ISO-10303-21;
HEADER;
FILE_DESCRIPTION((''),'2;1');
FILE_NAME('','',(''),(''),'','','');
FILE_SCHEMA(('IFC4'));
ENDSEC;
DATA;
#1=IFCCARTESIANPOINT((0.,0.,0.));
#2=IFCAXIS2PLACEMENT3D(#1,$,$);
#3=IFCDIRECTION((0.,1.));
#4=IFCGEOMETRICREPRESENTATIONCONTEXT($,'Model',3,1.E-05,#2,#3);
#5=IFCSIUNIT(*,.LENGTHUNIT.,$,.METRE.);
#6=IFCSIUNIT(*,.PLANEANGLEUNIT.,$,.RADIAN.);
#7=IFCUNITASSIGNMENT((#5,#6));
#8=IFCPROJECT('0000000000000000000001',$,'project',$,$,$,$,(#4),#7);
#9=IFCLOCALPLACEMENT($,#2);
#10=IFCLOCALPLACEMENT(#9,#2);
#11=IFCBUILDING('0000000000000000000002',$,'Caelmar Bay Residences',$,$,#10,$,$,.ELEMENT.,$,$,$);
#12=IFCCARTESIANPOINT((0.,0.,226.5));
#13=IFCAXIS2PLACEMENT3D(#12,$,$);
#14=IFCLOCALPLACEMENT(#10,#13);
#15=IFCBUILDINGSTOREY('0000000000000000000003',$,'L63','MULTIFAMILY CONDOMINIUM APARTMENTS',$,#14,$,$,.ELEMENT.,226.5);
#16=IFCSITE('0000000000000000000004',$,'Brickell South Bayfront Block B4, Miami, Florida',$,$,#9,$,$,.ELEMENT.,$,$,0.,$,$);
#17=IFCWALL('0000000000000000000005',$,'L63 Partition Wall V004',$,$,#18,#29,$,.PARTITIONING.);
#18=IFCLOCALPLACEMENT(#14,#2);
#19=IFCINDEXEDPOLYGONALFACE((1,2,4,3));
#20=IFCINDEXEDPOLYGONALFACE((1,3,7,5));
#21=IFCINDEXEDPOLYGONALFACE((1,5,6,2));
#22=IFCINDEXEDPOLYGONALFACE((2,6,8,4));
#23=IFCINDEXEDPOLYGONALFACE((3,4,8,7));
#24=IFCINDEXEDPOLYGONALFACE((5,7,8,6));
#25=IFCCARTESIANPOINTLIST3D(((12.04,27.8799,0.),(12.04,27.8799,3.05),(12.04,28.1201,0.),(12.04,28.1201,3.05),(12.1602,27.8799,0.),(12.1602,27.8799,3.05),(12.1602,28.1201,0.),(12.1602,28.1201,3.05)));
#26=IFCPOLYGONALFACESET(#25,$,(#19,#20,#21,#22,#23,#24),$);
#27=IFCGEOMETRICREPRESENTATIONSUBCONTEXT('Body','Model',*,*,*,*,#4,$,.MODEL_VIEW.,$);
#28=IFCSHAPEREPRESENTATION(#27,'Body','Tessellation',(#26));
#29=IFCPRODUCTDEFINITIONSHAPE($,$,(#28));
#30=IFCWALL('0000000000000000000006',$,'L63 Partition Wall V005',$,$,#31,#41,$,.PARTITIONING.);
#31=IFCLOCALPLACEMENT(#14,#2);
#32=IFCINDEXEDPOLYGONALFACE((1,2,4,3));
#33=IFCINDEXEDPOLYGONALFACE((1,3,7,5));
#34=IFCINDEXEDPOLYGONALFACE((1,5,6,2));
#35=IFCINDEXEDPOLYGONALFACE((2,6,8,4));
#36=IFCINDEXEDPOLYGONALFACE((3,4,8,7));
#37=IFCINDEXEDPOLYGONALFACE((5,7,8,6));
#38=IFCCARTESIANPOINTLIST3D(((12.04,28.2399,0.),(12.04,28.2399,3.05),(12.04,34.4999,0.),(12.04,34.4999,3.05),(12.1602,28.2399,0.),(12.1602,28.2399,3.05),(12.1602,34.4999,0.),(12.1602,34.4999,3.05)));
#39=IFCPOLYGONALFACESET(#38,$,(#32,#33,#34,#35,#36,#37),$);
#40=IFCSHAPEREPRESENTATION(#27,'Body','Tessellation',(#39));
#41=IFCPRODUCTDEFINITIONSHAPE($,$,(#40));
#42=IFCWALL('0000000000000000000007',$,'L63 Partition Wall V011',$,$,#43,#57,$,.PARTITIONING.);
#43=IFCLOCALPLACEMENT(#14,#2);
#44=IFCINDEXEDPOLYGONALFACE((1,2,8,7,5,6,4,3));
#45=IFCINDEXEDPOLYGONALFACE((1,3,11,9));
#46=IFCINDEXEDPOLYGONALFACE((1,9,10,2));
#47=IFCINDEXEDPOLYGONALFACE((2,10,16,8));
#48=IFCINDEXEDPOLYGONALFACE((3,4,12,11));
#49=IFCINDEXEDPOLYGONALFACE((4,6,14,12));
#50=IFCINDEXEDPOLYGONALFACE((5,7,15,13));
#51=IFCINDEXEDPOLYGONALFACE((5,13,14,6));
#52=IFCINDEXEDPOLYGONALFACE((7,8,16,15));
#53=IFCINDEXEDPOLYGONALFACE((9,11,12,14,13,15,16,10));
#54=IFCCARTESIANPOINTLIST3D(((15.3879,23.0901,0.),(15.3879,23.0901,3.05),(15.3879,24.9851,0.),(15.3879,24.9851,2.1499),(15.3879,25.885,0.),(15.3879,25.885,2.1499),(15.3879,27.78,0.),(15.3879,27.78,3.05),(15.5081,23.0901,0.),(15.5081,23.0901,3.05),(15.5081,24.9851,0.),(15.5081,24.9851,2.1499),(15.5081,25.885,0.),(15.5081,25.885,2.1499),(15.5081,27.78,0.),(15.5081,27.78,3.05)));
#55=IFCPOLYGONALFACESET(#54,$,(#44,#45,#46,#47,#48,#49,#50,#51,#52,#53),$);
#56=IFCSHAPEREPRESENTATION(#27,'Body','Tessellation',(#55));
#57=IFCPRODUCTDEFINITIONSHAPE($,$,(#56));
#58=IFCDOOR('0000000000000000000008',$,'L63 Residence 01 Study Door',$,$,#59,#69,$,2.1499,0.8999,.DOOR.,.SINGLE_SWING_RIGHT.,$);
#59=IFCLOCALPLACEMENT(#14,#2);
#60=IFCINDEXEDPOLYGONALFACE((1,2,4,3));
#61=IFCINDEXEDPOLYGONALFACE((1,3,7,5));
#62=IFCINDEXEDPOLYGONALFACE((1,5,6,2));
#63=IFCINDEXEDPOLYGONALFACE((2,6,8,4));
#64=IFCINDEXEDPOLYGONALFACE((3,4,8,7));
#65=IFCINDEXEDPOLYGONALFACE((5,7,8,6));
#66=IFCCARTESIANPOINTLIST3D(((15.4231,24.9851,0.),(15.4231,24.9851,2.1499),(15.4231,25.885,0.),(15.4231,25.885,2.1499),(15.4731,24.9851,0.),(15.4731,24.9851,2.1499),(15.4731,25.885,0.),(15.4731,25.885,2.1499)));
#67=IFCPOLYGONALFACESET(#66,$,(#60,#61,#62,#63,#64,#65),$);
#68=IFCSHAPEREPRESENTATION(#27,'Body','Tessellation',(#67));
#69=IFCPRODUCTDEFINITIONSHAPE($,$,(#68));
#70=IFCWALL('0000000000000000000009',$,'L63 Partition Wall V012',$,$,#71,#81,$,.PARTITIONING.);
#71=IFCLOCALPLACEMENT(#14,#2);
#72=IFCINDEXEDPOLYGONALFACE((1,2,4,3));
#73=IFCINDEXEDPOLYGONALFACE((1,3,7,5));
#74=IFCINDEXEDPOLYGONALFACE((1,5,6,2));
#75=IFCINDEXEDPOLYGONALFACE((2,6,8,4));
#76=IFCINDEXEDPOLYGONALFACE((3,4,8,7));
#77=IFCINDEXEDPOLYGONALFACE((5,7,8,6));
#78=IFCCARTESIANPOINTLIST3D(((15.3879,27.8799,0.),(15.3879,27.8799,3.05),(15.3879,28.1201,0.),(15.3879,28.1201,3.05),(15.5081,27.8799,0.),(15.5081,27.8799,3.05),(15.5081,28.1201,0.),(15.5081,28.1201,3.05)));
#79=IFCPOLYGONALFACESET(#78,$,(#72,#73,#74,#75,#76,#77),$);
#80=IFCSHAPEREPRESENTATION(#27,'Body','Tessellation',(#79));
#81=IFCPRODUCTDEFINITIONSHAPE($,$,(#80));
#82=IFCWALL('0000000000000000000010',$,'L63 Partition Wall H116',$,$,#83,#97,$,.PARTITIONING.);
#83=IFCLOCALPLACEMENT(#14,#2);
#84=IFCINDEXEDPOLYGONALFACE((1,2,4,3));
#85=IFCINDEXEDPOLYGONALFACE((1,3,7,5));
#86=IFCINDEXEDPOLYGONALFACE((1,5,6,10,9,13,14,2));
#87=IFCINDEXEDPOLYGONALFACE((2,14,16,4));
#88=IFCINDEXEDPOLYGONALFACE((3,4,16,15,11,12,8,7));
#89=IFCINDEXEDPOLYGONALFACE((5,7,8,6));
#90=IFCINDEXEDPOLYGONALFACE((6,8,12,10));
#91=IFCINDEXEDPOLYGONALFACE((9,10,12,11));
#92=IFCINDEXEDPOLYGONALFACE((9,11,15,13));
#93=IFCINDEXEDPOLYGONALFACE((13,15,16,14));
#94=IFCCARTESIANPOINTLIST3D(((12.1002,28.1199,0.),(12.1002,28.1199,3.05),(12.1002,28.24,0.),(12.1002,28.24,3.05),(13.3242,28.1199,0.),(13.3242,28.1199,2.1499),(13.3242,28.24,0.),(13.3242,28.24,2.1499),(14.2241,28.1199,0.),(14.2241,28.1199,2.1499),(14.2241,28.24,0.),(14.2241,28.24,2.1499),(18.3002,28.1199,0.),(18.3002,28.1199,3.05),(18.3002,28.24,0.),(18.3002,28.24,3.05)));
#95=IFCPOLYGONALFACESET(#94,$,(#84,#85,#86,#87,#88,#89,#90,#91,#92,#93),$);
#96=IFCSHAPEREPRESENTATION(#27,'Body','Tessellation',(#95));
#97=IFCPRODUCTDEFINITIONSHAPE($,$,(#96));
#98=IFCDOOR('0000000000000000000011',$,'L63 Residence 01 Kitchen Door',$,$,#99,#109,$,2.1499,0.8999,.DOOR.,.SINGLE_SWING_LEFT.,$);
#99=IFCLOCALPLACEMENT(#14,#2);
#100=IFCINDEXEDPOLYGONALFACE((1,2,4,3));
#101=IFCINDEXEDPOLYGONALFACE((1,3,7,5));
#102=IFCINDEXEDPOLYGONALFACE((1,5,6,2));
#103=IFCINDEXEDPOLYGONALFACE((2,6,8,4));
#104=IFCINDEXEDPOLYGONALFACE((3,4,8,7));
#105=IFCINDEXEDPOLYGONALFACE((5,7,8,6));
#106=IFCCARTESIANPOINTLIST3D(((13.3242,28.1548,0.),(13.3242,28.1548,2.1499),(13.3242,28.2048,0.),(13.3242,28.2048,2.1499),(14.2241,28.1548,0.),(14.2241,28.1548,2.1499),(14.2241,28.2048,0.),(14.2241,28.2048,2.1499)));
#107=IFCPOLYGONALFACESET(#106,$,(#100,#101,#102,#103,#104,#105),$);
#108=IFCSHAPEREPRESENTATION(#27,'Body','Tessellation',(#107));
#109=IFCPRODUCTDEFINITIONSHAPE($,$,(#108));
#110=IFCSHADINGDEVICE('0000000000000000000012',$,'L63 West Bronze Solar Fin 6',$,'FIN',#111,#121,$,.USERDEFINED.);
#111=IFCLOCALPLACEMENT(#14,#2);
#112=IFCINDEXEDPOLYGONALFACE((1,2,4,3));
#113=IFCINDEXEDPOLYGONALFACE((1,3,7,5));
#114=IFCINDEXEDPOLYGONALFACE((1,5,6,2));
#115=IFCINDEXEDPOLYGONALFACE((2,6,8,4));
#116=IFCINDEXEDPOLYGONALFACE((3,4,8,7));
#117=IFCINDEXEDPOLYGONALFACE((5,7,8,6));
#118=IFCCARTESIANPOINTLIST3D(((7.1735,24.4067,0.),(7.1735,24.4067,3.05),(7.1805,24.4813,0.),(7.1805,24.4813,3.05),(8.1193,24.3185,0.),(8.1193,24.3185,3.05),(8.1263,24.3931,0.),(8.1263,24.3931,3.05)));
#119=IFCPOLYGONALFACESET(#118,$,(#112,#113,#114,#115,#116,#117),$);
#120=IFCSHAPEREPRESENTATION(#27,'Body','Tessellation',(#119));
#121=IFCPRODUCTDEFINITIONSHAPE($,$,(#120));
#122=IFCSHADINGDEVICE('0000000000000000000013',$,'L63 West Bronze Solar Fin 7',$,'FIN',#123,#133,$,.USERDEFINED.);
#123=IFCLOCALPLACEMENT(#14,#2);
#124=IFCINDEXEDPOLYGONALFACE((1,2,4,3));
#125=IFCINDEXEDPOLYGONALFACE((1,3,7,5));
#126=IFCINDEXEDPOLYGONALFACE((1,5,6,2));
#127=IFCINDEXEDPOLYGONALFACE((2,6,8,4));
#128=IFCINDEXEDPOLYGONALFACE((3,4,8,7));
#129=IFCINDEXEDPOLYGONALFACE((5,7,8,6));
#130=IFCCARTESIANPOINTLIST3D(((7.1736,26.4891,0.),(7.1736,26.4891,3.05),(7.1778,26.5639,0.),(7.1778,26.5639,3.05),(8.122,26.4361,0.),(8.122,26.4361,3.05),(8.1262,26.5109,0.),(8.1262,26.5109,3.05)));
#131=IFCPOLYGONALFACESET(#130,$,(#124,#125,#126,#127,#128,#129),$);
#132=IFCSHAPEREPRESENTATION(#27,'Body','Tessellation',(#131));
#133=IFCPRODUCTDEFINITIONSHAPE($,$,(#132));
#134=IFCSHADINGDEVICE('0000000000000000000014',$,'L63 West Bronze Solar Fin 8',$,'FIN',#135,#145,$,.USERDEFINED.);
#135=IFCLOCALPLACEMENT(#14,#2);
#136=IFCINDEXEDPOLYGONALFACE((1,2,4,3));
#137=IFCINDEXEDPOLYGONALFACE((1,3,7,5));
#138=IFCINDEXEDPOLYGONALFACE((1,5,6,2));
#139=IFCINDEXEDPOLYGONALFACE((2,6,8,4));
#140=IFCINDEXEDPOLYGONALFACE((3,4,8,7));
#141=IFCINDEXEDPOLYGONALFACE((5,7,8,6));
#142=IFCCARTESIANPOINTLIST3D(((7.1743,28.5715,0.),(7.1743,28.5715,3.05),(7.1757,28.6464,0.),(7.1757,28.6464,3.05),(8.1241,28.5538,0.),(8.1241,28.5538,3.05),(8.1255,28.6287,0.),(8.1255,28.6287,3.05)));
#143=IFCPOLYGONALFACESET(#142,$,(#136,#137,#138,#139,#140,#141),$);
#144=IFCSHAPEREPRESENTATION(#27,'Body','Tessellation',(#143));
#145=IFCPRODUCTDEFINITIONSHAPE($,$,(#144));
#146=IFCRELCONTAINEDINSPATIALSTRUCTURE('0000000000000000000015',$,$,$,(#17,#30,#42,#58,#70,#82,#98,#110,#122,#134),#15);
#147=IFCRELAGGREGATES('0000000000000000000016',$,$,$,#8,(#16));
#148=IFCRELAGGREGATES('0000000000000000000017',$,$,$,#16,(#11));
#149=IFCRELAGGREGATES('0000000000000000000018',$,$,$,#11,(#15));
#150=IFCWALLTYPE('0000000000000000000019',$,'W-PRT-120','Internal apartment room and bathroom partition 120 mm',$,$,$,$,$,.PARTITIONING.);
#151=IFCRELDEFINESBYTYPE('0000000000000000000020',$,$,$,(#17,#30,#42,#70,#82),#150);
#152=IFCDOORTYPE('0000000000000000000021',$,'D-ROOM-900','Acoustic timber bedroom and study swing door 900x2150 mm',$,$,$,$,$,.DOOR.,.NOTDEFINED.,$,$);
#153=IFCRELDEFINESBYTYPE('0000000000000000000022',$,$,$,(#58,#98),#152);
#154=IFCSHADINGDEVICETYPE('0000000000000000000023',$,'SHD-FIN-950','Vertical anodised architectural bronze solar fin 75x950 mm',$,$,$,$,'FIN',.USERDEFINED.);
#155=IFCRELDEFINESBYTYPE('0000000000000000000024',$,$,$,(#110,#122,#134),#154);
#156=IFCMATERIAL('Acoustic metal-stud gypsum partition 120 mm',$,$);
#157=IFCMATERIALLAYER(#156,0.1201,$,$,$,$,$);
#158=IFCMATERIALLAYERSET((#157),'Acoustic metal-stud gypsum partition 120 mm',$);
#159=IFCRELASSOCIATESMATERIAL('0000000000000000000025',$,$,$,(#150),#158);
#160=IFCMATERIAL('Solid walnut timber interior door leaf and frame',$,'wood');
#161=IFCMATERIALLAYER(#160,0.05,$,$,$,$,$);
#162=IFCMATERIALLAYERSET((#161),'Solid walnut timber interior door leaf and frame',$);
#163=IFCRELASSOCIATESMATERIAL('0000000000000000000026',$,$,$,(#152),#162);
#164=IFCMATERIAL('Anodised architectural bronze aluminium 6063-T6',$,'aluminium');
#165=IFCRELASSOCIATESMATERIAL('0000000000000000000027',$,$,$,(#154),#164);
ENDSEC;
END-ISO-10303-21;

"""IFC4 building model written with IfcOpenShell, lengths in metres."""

from ifc_helpers import new_model, si_unit, direction, frame, frame_2d, origin, origin_2d, place, context, subcontext, project, spatial, rectangle, extrude, material, layer, layer_set, material_profile, profile_set, type_object, element, fill, save


model = new_model("IFC4")

# Units and contexts
model_context = context("Model", 3, precision=1e-05, world=origin(), true_north=direction((0.0, 1.0)))
body_context = subcontext(model_context, "Body", "Model", "MODEL_VIEW")
ifc_project = project(units=[si_unit("LENGTHUNIT", "METRE"), si_unit("PLANEANGLEUNIT", "RADIAN")], contexts=[model_context])

# Site, building, storey
site_placement = place(None, origin())
site = spatial("IfcSite", under=ifc_project, at=site_placement, Name="Brickell South Bayfront Block B4, Miami, Florida", CompositionType="ELEMENT", RefElevation=0.0)
building_placement = place(site_placement, origin())
building = spatial("IfcBuilding", under=site, at=building_placement, Name="Caelmar Bay Residences", CompositionType="ELEMENT")
storey_placement = place(building_placement, frame((0.0, 0.0, 226.5)))
storey = spatial("IfcBuildingStorey", under=building, at=storey_placement, Name="L63", Description="MULTIFAMILY CONDOMINIUM APARTMENTS", CompositionType="ELEMENT", Elevation=226.5)

# Shared definitions
ifc_material_1 = material(Name="Acoustic metal-stud gypsum partition 120 mm")
ifc_layer_1 = layer(ifc_material_1, 0.1201)
ifc_layer_set_1 = layer_set([ifc_layer_1], Name="Acoustic metal-stud gypsum partition 120 mm")
wall_type_1 = type_object("IfcWallType", Name="W-PRT-120", Description="Internal apartment room and bathroom partition 120 mm", PredefinedType="PARTITIONING", material=ifc_layer_set_1)
ifc_material_2 = material(Name="Solid walnut timber interior door leaf and frame", Category="wood")
ifc_layer_2 = layer(ifc_material_2, 0.05)
ifc_layer_set_2 = layer_set([ifc_layer_2], Name="Solid walnut timber interior door leaf and frame")
door_type = type_object("IfcDoorType", Name="D-ROOM-900", Description="Acoustic timber bedroom and study swing door 900x2150 mm", OperationType="NOTDEFINED", PredefinedType="DOOR", material=ifc_layer_set_2)

# Walls
wall_1_placement = place(storey_placement, frame((12.1001, 27.8799, 0.0), z_axis=(0.0, 0.0, 1.0), x_axis=(0.0, 1.0, 0.0)))
element("IfcWall", 1, at=wall_1_placement, inside=storey, type_object=wall_type_1, Name="L63 Partition Wall V004", PredefinedType="PARTITIONING", context=body_context, shape_type="SweptSolid", body=[
    extrude(rectangle(XDim=0.2402, YDim=0.1201, at=frame_2d((0.1201, 0.0))), origin(), (0.0, 0.0, 1.0), 3.05),
])
wall_2_placement = place(storey_placement, frame((12.1001, 28.24, 0.0), z_axis=(0.0, 0.0, 1.0), x_axis=(0.0, 1.0, 0.0)))
element("IfcWall", 2, at=wall_2_placement, inside=storey, type_object=wall_type_1, Name="L63 Partition Wall V005", PredefinedType="PARTITIONING", context=body_context, shape_type="SweptSolid", body=[
    extrude(rectangle(XDim=6.26, YDim=0.1201, at=frame_2d((3.1299, 0.0))), origin(), (0.0, 0.0, 1.0), 3.05),
])

# Wall, opening, door
wall_3_placement = place(storey_placement, frame((15.448, 23.0901, 0.0), z_axis=(0.0, 0.0, 1.0), x_axis=(0.0, 1.0, 0.0)))
wall_3 = element("IfcWall", 3, at=wall_3_placement, inside=storey, type_object=wall_type_1, Name="L63 Partition Wall V011", PredefinedType="PARTITIONING", context=body_context, shape_type="SweptSolid", body=[
    extrude(rectangle(XDim=4.6899, YDim=0.1201, at=frame_2d((2.345, 0.0))), origin(), (0.0, 0.0, 1.0), 3.05),
])
opening_1_placement = place(wall_3_placement, frame((1.895, 0.0, 0.0)))
opening_1 = element("IfcOpeningElement", 4, at=opening_1_placement, cuts=wall_3, PredefinedType="OPENING", context=body_context, shape_type="SweptSolid", body=[
    extrude(rectangle(XDim=0.8999, YDim=2.1499, at=frame_2d((0.45, 1.075))), frame((0.0, 0.0701, 0.0), z_axis=(0.0, -1.0, 0.0), x_axis=(1.0, 0.0, 0.0)), (0.0, 0.0, 1.0), 0.1401),
])
door_1_placement = place(opening_1_placement, origin())
door_1 = element("IfcDoor", 5, at=door_1_placement, inside=storey, type_object=door_type, Name="L63 Residence 01 Study Door", OperationType="SINGLE_SWING_RIGHT", OverallHeight=2.1499, OverallWidth=0.8999, PredefinedType="DOOR", context=body_context, shape_type="SweptSolid", body=[
    extrude(rectangle(XDim=0.8999, YDim=2.1499, at=frame_2d((0.45, 1.075))), frame((0.0, 0.0249, 0.0), z_axis=(0.0, -1.0, 0.0), x_axis=(1.0, 0.0, 0.0)), (0.0, 0.0, 1.0), 0.05),
])
fill(opening_1, door_1)

# Wall
wall_4_placement = place(storey_placement, frame((15.448, 27.8799, 0.0), z_axis=(0.0, 0.0, 1.0), x_axis=(0.0, 1.0, 0.0)))
element("IfcWall", 6, at=wall_4_placement, inside=storey, type_object=wall_type_1, Name="L63 Partition Wall V012", PredefinedType="PARTITIONING", context=body_context, shape_type="SweptSolid", body=[
    extrude(rectangle(XDim=0.2402, YDim=0.1201, at=frame_2d((0.1201, 0.0))), origin(), (0.0, 0.0, 1.0), 3.05),
])

# Wall, opening, door
wall_5_placement = place(storey_placement, frame((12.1001, 28.1799, 0.0), z_axis=(0.0, 0.0, 1.0), x_axis=(1.0, 0.0, 0.0)))
wall_5 = element("IfcWall", 7, at=wall_5_placement, inside=storey, type_object=wall_type_1, Name="L63 Partition Wall H116", PredefinedType="PARTITIONING", context=body_context, shape_type="SweptSolid", body=[
    extrude(rectangle(XDim=6.2, YDim=0.1201, at=frame_2d((3.1001, 0.0))), origin(), (0.0, 0.0, 1.0), 3.05),
])
opening_2_placement = place(wall_5_placement, frame((1.2241, 0.0, 0.0)))
opening_2 = element("IfcOpeningElement", 8, at=opening_2_placement, cuts=wall_5, PredefinedType="OPENING", context=body_context, shape_type="SweptSolid", body=[
    extrude(rectangle(XDim=0.8999, YDim=2.1499, at=frame_2d((0.45, 1.075))), frame((0.0, 0.0701, 0.0), z_axis=(0.0, -1.0, 0.0), x_axis=(1.0, 0.0, 0.0)), (0.0, 0.0, 1.0), 0.1401),
])
door_2_placement = place(opening_2_placement, origin())
door_2 = element("IfcDoor", 9, at=door_2_placement, inside=storey, type_object=door_type, Name="L63 Residence 01 Kitchen Door", OperationType="SINGLE_SWING_LEFT", OverallHeight=2.1499, OverallWidth=0.8999, PredefinedType="DOOR", context=body_context, shape_type="SweptSolid", body=[
    extrude(rectangle(XDim=0.8999, YDim=2.1499, at=frame_2d((0.45, 1.075))), frame((0.0, 0.0249, 0.0), z_axis=(0.0, -1.0, 0.0), x_axis=(1.0, 0.0, 0.0)), (0.0, 0.0, 1.0), 0.05),
])
fill(opening_2, door_2)

# Shading devices
ifc_material_3 = material(Name="Anodised architectural bronze aluminium 6063-T6", Category="aluminium")
ifc_material_profile_1 = material_profile(ifc_material_3, rectangle(XDim=0.075, YDim=0.95, at=origin_2d()), Name="BRONZE-FIN-75X950")
ifc_profile_set_1 = profile_set([ifc_material_profile_1], Name="Anodised architectural bronze aluminium 6063-T6")
shading_device_type = type_object("IfcShadingDeviceType", Name="SHD-FIN-950", Description="Vertical anodised architectural bronze solar fin 75x950 mm", ElementType="FIN", PredefinedType="USERDEFINED", material=ifc_profile_set_1)
for number, where, z_axis, x_axis, name in (
    (10, (7.6499, 24.3999, 0.0), (0.0, 0.0, 1.0), (0.092892, 0.995676, 0.0), "L63 West Bronze Solar Fin 6"),
    (11, (7.6499, 26.5, 0.0), (0.0, 0.0, 1.0), (0.055822, 0.998441, 0.0), "L63 West Bronze Solar Fin 7"),
    (12, (7.6499, 28.6001, 0.0), (0.0, 0.0, 1.0), (0.018674, 0.999826, 0.0), "L63 West Bronze Solar Fin 8"),
):
    element("IfcShadingDevice", number, at=place(storey_placement, frame(where, z_axis=z_axis, x_axis=x_axis)), inside=storey, type_object=shading_device_type, Name=name, ObjectType="FIN", PredefinedType="USERDEFINED", context=body_context, shape_type="SweptSolid", body=[
        extrude(rectangle(XDim=0.075, YDim=0.95, at=origin_2d()), origin(), (0.0, 0.0, 1.0), 3.05),
    ])

save(model, "model.ifc")
